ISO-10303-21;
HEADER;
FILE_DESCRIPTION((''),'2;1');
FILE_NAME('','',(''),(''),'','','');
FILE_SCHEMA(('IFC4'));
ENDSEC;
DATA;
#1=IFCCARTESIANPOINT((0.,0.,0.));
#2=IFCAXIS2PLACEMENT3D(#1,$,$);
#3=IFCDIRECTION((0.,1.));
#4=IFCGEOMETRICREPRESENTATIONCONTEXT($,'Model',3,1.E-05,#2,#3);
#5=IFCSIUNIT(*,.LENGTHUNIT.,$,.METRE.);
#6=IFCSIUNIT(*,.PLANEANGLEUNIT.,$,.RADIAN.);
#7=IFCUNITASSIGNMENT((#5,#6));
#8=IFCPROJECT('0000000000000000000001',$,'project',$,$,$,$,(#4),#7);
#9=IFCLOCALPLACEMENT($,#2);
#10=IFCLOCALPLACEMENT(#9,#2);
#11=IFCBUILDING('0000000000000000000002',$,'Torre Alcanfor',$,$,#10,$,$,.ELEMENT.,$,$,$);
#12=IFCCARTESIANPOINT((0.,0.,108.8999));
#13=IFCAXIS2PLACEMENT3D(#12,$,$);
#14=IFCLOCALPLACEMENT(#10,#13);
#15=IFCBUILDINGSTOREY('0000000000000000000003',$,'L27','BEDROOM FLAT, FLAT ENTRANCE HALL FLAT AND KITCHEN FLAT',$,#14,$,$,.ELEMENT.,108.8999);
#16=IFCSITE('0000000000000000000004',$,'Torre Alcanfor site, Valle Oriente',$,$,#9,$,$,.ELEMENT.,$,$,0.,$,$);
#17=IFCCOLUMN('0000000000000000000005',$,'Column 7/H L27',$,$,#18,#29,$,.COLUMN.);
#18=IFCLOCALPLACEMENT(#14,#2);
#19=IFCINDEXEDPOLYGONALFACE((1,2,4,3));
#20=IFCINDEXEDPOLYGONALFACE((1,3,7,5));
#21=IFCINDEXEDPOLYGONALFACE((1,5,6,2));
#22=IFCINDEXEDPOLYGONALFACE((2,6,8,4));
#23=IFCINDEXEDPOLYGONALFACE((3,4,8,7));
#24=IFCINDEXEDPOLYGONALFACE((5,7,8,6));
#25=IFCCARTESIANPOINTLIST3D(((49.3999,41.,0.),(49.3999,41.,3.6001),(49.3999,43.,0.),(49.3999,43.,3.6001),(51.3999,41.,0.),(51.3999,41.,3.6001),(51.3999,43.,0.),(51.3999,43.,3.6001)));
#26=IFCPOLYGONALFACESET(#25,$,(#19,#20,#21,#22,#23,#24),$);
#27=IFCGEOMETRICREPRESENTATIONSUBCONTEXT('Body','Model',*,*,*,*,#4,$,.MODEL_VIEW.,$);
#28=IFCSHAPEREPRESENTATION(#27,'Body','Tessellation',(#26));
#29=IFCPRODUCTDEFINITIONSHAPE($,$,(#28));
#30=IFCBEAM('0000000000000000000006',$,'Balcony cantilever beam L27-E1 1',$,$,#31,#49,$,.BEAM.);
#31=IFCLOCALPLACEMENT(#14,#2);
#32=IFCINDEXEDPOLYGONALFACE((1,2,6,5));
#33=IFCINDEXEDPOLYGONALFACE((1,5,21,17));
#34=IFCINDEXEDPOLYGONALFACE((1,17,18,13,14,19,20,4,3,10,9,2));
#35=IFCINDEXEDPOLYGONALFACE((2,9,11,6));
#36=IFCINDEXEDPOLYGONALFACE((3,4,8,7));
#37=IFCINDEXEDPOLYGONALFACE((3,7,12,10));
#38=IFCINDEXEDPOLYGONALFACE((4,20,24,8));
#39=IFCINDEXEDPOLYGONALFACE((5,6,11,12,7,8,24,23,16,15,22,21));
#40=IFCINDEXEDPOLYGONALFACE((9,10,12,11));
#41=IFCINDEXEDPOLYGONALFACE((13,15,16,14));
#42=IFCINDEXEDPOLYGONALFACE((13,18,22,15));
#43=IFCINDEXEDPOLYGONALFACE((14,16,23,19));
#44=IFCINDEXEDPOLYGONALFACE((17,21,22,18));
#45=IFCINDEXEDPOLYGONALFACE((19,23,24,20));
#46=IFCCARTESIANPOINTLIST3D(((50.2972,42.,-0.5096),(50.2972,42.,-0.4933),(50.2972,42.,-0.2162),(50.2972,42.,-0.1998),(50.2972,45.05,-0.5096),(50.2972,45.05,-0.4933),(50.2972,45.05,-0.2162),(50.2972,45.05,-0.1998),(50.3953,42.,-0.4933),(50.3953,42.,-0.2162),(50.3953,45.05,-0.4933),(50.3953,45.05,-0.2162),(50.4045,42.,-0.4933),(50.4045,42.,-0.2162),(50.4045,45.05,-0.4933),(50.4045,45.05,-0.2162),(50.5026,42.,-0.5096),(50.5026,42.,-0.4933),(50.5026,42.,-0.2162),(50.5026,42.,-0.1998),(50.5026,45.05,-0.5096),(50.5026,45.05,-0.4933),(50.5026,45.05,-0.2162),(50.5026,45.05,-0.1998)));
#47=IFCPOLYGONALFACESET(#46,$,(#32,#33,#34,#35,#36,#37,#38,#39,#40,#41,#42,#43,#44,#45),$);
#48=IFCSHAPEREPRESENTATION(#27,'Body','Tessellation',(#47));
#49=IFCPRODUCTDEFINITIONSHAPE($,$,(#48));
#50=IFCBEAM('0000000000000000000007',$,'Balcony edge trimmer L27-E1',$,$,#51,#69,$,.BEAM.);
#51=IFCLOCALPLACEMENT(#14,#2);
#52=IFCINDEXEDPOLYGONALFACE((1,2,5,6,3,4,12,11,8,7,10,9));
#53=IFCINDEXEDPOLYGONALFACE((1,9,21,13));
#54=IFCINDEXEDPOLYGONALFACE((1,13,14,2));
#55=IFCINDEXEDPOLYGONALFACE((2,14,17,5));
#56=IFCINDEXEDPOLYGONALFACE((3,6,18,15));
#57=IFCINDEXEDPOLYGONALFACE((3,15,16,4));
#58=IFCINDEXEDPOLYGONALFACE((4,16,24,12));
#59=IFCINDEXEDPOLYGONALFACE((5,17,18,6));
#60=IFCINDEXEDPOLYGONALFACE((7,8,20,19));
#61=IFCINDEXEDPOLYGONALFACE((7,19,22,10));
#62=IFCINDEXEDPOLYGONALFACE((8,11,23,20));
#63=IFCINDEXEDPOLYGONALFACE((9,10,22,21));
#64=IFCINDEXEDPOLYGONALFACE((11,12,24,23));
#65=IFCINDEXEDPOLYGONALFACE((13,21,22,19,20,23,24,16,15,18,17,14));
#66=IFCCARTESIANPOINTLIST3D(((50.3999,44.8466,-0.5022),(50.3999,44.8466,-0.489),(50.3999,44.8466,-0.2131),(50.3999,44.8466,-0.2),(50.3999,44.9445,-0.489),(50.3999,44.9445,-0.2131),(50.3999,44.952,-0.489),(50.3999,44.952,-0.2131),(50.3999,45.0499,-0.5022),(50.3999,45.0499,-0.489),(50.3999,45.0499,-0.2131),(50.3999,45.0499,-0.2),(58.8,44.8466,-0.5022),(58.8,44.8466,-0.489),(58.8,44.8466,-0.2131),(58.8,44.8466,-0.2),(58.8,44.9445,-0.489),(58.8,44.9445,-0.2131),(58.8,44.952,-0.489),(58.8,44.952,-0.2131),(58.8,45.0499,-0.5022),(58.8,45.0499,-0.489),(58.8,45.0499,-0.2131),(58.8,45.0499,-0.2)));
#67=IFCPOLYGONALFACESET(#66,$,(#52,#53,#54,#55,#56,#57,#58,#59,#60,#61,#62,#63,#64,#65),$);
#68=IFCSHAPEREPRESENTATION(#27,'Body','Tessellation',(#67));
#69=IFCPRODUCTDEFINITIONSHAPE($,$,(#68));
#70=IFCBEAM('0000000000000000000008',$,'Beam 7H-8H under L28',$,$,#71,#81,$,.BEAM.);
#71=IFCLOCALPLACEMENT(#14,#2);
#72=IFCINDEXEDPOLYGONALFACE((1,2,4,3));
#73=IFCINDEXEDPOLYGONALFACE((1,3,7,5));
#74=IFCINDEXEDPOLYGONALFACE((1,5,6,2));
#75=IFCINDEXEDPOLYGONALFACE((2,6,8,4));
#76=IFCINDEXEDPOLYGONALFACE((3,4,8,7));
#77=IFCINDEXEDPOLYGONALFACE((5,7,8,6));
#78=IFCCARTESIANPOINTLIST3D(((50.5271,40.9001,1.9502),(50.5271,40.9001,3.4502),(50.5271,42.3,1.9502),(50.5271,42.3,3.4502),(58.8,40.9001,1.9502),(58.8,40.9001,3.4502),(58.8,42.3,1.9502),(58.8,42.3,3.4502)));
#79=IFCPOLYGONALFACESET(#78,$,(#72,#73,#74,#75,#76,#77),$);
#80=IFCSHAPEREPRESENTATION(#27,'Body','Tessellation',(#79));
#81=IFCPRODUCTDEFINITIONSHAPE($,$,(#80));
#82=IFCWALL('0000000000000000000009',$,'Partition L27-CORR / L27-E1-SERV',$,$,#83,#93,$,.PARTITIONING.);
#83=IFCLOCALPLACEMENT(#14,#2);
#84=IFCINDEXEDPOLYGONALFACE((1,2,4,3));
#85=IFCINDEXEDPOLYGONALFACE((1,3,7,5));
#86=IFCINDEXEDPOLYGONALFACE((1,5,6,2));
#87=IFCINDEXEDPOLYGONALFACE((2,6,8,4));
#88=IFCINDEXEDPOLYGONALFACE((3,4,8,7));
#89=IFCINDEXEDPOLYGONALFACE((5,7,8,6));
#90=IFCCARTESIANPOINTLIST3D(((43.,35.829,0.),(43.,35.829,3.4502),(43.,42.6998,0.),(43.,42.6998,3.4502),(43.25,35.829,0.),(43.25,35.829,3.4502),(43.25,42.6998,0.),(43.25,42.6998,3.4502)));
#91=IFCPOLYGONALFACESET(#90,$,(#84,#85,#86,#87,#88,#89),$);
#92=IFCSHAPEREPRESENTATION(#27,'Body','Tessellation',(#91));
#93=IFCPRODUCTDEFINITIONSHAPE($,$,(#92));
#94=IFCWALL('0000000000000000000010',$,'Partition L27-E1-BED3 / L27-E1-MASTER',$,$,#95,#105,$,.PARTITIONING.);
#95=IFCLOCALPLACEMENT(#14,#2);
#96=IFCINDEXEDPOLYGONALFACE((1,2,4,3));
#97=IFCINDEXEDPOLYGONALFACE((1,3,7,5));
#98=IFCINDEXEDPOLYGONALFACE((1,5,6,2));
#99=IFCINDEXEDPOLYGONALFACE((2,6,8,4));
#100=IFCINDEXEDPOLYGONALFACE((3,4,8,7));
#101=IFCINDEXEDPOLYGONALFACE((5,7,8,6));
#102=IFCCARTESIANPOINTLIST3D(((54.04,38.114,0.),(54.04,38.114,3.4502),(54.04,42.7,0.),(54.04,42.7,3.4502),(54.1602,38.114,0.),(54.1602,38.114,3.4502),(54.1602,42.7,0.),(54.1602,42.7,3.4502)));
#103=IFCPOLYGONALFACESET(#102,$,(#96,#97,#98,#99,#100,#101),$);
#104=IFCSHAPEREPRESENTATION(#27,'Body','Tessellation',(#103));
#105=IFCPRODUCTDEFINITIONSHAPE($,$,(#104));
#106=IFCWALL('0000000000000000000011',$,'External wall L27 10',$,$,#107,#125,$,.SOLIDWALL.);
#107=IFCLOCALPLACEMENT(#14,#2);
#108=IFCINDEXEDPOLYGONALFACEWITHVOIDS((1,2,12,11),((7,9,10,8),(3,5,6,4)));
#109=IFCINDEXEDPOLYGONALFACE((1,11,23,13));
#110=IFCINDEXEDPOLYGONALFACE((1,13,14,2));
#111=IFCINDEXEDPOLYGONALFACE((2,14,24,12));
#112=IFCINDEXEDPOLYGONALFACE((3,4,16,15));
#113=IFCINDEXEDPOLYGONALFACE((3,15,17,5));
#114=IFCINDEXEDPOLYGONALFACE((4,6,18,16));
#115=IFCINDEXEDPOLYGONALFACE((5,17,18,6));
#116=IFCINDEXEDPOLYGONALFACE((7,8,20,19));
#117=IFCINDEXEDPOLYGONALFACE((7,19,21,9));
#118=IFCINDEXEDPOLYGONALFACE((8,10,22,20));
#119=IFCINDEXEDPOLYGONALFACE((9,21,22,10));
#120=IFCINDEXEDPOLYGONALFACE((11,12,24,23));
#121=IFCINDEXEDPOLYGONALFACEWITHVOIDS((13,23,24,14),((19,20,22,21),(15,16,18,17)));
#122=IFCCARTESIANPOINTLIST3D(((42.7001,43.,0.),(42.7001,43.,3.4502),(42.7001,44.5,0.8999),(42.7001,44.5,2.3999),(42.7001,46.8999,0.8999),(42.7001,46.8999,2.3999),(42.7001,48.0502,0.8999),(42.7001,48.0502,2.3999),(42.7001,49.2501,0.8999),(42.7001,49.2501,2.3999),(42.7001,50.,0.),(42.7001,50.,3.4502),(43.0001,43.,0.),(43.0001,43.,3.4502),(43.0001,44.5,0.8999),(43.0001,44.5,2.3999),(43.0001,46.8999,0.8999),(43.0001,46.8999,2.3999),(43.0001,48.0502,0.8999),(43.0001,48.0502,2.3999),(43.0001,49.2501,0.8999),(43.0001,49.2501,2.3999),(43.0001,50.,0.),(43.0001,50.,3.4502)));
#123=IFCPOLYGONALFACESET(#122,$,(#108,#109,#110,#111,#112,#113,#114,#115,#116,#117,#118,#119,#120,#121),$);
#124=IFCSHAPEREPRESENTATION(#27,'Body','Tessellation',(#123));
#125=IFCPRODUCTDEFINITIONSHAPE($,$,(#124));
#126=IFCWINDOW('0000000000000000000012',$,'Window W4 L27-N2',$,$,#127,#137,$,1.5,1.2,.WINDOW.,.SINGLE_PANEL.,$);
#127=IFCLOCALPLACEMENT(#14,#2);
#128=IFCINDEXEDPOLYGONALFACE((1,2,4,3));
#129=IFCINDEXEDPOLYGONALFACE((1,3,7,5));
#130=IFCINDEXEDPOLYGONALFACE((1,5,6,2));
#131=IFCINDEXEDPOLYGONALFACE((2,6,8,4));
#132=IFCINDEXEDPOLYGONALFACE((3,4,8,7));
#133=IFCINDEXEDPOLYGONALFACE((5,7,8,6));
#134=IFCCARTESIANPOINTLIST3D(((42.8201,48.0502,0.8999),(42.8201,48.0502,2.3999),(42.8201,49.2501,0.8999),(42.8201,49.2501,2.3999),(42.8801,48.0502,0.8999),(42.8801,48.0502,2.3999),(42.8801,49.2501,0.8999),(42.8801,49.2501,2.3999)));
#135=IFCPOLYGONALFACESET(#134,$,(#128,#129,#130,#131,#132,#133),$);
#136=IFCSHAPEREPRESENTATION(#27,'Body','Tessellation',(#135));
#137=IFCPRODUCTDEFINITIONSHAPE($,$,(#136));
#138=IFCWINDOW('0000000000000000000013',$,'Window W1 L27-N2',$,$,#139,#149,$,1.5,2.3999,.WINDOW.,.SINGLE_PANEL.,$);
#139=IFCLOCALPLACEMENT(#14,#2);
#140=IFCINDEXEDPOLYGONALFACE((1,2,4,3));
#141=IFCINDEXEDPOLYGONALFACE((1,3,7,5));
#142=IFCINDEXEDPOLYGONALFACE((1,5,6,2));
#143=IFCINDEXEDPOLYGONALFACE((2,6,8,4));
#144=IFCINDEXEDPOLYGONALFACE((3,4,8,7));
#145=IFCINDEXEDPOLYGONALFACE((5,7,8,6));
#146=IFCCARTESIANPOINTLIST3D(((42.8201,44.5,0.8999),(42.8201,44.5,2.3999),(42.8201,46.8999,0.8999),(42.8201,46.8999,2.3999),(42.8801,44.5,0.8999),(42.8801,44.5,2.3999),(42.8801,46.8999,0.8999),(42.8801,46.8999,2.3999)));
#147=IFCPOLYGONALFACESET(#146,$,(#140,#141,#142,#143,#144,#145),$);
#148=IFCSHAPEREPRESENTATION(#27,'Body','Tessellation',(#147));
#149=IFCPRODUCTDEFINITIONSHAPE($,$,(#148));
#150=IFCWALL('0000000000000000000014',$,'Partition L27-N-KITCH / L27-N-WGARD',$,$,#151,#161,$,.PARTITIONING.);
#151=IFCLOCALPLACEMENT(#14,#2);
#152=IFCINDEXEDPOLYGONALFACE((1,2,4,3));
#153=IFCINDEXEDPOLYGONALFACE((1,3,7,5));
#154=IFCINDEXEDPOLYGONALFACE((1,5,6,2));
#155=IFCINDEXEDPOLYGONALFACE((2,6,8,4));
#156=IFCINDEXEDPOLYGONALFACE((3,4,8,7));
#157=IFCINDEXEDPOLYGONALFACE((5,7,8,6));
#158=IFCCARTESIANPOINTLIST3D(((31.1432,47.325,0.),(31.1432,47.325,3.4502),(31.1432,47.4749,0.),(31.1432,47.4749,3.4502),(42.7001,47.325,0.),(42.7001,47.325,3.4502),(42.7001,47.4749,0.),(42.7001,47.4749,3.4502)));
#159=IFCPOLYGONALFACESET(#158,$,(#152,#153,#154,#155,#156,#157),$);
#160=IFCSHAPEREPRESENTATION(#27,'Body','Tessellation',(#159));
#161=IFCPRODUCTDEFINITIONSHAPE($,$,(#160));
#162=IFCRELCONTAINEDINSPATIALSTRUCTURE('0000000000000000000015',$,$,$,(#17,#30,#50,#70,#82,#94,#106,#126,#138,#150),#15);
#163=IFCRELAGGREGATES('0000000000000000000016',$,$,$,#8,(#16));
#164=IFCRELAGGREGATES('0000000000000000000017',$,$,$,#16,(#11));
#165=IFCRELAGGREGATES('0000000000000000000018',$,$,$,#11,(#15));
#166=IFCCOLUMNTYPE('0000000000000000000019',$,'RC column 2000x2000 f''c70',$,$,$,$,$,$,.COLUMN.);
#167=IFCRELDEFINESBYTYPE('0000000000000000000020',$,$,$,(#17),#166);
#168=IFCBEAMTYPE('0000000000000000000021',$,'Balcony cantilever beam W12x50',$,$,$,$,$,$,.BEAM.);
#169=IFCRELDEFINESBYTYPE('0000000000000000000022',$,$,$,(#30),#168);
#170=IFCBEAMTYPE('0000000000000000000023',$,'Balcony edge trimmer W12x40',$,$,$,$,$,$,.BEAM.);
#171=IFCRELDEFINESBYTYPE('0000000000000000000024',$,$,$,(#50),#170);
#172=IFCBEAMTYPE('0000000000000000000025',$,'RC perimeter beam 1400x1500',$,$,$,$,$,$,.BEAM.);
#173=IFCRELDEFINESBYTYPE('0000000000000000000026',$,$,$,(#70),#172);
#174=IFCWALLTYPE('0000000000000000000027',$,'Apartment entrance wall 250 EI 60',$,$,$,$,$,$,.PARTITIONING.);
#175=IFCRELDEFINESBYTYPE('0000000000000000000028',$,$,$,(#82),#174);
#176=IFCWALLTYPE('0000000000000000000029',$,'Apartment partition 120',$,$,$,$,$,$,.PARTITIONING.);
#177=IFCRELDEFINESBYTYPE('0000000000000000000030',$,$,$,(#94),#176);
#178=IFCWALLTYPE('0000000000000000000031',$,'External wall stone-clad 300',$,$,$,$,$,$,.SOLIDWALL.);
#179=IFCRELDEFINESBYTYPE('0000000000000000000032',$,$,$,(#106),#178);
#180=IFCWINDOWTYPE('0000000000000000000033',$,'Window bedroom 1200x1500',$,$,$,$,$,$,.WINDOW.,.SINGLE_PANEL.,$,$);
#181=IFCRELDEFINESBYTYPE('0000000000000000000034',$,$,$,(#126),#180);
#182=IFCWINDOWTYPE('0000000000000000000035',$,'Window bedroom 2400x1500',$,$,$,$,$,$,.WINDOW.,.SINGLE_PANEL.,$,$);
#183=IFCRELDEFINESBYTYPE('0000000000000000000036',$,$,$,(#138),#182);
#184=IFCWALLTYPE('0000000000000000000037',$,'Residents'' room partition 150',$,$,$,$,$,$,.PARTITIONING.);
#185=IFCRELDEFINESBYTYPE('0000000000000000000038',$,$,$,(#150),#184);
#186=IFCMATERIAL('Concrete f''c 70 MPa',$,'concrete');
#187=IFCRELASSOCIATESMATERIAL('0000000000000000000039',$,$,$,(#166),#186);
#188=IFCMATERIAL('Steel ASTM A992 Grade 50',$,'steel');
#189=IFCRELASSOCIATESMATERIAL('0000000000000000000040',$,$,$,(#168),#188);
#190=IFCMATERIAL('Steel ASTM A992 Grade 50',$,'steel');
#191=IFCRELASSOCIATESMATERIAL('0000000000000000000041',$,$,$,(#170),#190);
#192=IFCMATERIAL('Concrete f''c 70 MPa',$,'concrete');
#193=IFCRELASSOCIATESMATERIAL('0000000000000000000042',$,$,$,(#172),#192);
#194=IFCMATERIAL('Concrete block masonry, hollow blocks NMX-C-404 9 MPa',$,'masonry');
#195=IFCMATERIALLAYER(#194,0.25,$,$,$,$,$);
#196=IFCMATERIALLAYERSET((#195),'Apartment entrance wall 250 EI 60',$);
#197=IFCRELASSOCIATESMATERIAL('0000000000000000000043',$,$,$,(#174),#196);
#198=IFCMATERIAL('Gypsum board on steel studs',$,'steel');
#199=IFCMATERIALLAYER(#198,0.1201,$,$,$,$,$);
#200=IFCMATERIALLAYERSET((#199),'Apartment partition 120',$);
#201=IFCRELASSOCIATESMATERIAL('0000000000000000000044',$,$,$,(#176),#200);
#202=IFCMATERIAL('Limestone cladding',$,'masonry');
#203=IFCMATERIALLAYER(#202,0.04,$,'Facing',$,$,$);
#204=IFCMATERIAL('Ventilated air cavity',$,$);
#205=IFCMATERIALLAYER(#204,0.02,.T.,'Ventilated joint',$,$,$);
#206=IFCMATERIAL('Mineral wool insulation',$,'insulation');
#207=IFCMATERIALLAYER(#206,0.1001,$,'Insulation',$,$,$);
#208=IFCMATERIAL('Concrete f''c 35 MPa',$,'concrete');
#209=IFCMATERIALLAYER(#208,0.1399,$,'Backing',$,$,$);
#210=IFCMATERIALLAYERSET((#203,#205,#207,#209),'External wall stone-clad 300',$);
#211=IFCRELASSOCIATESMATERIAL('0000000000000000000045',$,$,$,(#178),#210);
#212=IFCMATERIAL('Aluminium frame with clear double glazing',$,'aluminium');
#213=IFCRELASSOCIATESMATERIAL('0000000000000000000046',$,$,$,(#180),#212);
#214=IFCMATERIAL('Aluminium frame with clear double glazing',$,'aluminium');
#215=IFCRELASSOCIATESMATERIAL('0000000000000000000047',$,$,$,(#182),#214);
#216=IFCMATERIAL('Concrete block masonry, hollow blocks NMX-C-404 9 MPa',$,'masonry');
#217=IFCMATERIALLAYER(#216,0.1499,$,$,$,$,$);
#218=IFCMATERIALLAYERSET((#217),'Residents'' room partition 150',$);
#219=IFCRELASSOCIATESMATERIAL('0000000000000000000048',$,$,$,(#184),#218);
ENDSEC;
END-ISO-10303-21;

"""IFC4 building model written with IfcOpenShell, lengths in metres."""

from ifc_helpers import new_model, si_unit, direction, frame, frame_2d, origin, origin_2d, place, context, subcontext, project, spatial, rectangle, i_section, extrude, material, layer, layer_set, material_profile, profile_set, type_object, element, fill, save


model = new_model("IFC4")

# Units and contexts
model_context = context("Model", 3, precision=1e-05, world=origin(), true_north=direction((0.0, 1.0)))
body_context = subcontext(model_context, "Body", "Model", "MODEL_VIEW")
ifc_project = project(units=[si_unit("LENGTHUNIT", "METRE"), si_unit("PLANEANGLEUNIT", "RADIAN")], contexts=[model_context])

# Site, building, storey
site_placement = place(None, origin())
site = spatial("IfcSite", under=ifc_project, at=site_placement, Name="Torre Alcanfor site, Valle Oriente", CompositionType="ELEMENT", RefElevation=0.0)
building_placement = place(site_placement, origin())
building = spatial("IfcBuilding", under=site, at=building_placement, Name="Torre Alcanfor", CompositionType="ELEMENT")
storey_placement = place(building_placement, frame((0.0, 0.0, 108.8999)))
storey = spatial("IfcBuildingStorey", under=building, at=storey_placement, Name="L27", Description="BEDROOM FLAT, FLAT ENTRANCE HALL FLAT AND KITCHEN FLAT", CompositionType="ELEMENT", Elevation=108.8999)

# Column
ifc_material_1 = material(Name="Concrete f'c 70 MPa", Category="concrete")
ifc_material_profile_1 = material_profile(ifc_material_1, rectangle(XDim=2.0, YDim=2.0, at=origin_2d()), Name="2000x2000")
ifc_profile_set_1 = profile_set([ifc_material_profile_1], Name="Concrete f'c 70 MPa")
column_type = type_object("IfcColumnType", Name="RC column 2000x2000 f'c70", PredefinedType="COLUMN", material=ifc_profile_set_1)
column_placement = place(storey_placement, frame((50.3999, 42.0, 0.0), z_axis=(0.0, 0.0, 1.0), x_axis=(1.0, 0.0, 0.0)))
element("IfcColumn", 1, at=column_placement, inside=storey, type_object=column_type, Name="Column 7/H L27", PredefinedType="COLUMN", context=body_context, shape_type="SweptSolid", body=[
    extrude(rectangle(XDim=2.0, YDim=2.0, at=origin_2d()), origin(), (0.0, 0.0, 1.0), 3.6001),
])

# Beams
ifc_material_2 = material(Name="Steel ASTM A992 Grade 50", Category="steel")
ifc_material_profile_2 = material_profile(ifc_material_2, i_section(OverallWidth=0.2053, OverallDepth=0.3098, WebThickness=0.0093, FlangeThickness=0.0164, at=origin_2d()), Name="W12x50")
ifc_profile_set_2 = profile_set([ifc_material_profile_2], Name="Steel ASTM A992 Grade 50")
beam_type_1 = type_object("IfcBeamType", Name="Balcony cantilever beam W12x50", PredefinedType="BEAM", material=ifc_profile_set_2)
beam_1_placement = place(storey_placement, frame((50.3999, 42.0, -0.3547), z_axis=(0.0, 1.0, 0.0), x_axis=(-1.0, 0.0, 0.0)))
element("IfcBeam", 2, at=beam_1_placement, inside=storey, type_object=beam_type_1, Name="Balcony cantilever beam L27-E1 1", PredefinedType="BEAM", context=body_context, shape_type="SweptSolid", body=[
    extrude(i_section(OverallWidth=0.2053, OverallDepth=0.3098, WebThickness=0.0093, FlangeThickness=0.0164, at=origin_2d()), origin(), (0.0, 0.0, 1.0), 3.05),
])
ifc_material_3 = material(Name="Steel ASTM A992 Grade 50", Category="steel")
ifc_material_profile_3 = material_profile(ifc_material_3, i_section(OverallWidth=0.2034, OverallDepth=0.3022, WebThickness=0.0076, FlangeThickness=0.0132, at=origin_2d()), Name="W12x40")
ifc_profile_set_3 = profile_set([ifc_material_profile_3], Name="Steel ASTM A992 Grade 50")
beam_type_2 = type_object("IfcBeamType", Name="Balcony edge trimmer W12x40", PredefinedType="BEAM", material=ifc_profile_set_3)
beam_2_placement = place(storey_placement, frame((50.3999, 44.9482, -0.3511), z_axis=(1.0, 0.0, 0.0), x_axis=(0.0, 1.0, 0.0)))
element("IfcBeam", 3, at=beam_2_placement, inside=storey, type_object=beam_type_2, Name="Balcony edge trimmer L27-E1", PredefinedType="BEAM", context=body_context, shape_type="SweptSolid", body=[
    extrude(i_section(OverallWidth=0.2034, OverallDepth=0.3022, WebThickness=0.0076, FlangeThickness=0.0132, at=origin_2d()), origin(), (0.0, 0.0, 1.0), 8.4001),
])
ifc_material_4 = material(Name="Concrete f'c 70 MPa", Category="concrete")
ifc_material_profile_4 = material_profile(ifc_material_4, rectangle(XDim=1.3999, YDim=1.5, at=origin_2d()), Name="1400x1500")
ifc_profile_set_4 = profile_set([ifc_material_profile_4], Name="Concrete f'c 70 MPa")
beam_type_3 = type_object("IfcBeamType", Name="RC perimeter beam 1400x1500", PredefinedType="BEAM", material=ifc_profile_set_4)
beam_3_placement = place(storey_placement, frame((50.5271, 41.6001, 2.7002), z_axis=(1.0, 0.0, 0.0), x_axis=(0.0, 1.0, 0.0)))
element("IfcBeam", 4, at=beam_3_placement, inside=storey, type_object=beam_type_3, Name="Beam 7H-8H under L28", PredefinedType="BEAM", context=body_context, shape_type="SweptSolid", body=[
    extrude(rectangle(XDim=1.3999, YDim=1.5, at=origin_2d()), origin(), (0.0, 0.0, 1.0), 8.2729),
])

# Walls
ifc_material_5 = material(Name="Concrete block masonry, hollow blocks NMX-C-404 9 MPa", Category="masonry")
ifc_layer_1 = layer(ifc_material_5, 0.25)
ifc_layer_set_1 = layer_set([ifc_layer_1], Name="Apartment entrance wall 250 EI 60")
wall_type_1 = type_object("IfcWallType", Name="Apartment entrance wall 250 EI 60", PredefinedType="PARTITIONING", material=ifc_layer_set_1)
wall_1_placement = place(storey_placement, frame((43.125, 42.7, 0.0), z_axis=(0.0, 0.0, 1.0), x_axis=(0.0, -1.0, 0.0)))
element("IfcWall", 5, at=wall_1_placement, inside=storey, type_object=wall_type_1, Name="Partition L27-CORR / L27-E1-SERV", PredefinedType="PARTITIONING", context=body_context, shape_type="SweptSolid", body=[
    extrude(rectangle(XDim=6.8708, YDim=0.25, at=frame_2d((3.4355, 0.0))), origin(), (0.0, 0.0, 1.0), 3.4502),
])
ifc_material_6 = material(Name="Gypsum board on steel studs", Category="steel")
ifc_layer_2 = layer(ifc_material_6, 0.1201)
ifc_layer_set_2 = layer_set([ifc_layer_2], Name="Apartment partition 120")
wall_type_2 = type_object("IfcWallType", Name="Apartment partition 120", PredefinedType="PARTITIONING", material=ifc_layer_set_2)
wall_2_placement = place(storey_placement, frame((54.1001, 38.114, 0.0), z_axis=(0.0, 0.0, 1.0), x_axis=(0.0, 1.0, 0.0)))
element("IfcWall", 6, at=wall_2_placement, inside=storey, type_object=wall_type_2, Name="Partition L27-E1-BED3 / L27-E1-MASTER", PredefinedType="PARTITIONING", context=body_context, shape_type="SweptSolid", body=[
    extrude(rectangle(XDim=4.5859, YDim=0.1201, at=frame_2d((2.293, 0.0))), origin(), (0.0, 0.0, 1.0), 3.4502),
])

# Wall, openings, windows
ifc_material_7 = material(Name="Limestone cladding", Category="masonry")
ifc_layer_3 = layer(ifc_material_7, 0.04, Name="Facing")
ifc_material_8 = material(Name="Ventilated air cavity")
ifc_layer_4 = layer(ifc_material_8, 0.02, ventilated=True, Name="Ventilated joint")
ifc_material_9 = material(Name="Mineral wool insulation", Category="insulation")
ifc_layer_5 = layer(ifc_material_9, 0.1001, Name="Insulation")
ifc_material_10 = material(Name="Concrete f'c 35 MPa", Category="concrete")
ifc_layer_6 = layer(ifc_material_10, 0.1399, Name="Backing")
ifc_layer_set_3 = layer_set([ifc_layer_3, ifc_layer_4, ifc_layer_5, ifc_layer_6], Name="External wall stone-clad 300")
wall_type_3 = type_object("IfcWallType", Name="External wall stone-clad 300", PredefinedType="SOLIDWALL", material=ifc_layer_set_3)
wall_3_placement = place(storey_placement, frame((42.8501, 43.0, 0.0), z_axis=(0.0, 0.0, 1.0), x_axis=(0.0, 1.0, 0.0)))
wall_3 = element("IfcWall", 7, at=wall_3_placement, inside=storey, type_object=wall_type_3, Name="External wall L27 10", PredefinedType="SOLIDWALL", context=body_context, shape_type="SweptSolid", body=[
    extrude(rectangle(XDim=7.0, YDim=0.3, at=frame_2d((3.5, 0.0))), origin(), (0.0, 0.0, 1.0), 3.4502),
])
opening_1_placement = place(wall_3_placement, frame((1.5, 0.0, 0.8999)))
opening_1 = element("IfcOpeningElement", 8, at=opening_1_placement, cuts=wall_3, PredefinedType="OPENING", context=body_context, shape_type="SweptSolid", body=[
    extrude(rectangle(XDim=2.3999, YDim=1.5, at=frame_2d((1.2, 0.75))), frame((0.0, 0.1599, 0.0), z_axis=(0.0, -1.0, 0.0), x_axis=(1.0, 0.0, 0.0)), (0.0, 0.0, 1.0), 0.3201),
])
opening_2_placement = place(wall_3_placement, frame((5.05, 0.0, 0.8999)))
opening_2 = element("IfcOpeningElement", 9, at=opening_2_placement, cuts=wall_3, PredefinedType="OPENING", context=body_context, shape_type="SweptSolid", body=[
    extrude(rectangle(XDim=1.2, YDim=1.5, at=frame_2d((0.6001, 0.75))), frame((0.0, 0.1599, 0.0), z_axis=(0.0, -1.0, 0.0), x_axis=(1.0, 0.0, 0.0)), (0.0, 0.0, 1.0), 0.3201),
])
ifc_material_11 = material(Name="Aluminium frame with clear double glazing", Category="aluminium")
window_type_1 = type_object("IfcWindowType", Name="Window bedroom 1200x1500", PartitioningType="SINGLE_PANEL", PredefinedType="WINDOW", material=ifc_material_11)
window_1_placement = place(opening_2_placement, origin())
window_1 = element("IfcWindow", 10, at=window_1_placement, inside=storey, type_object=window_type_1, Name="Window W4 L27-N2", OverallHeight=1.5, OverallWidth=1.2, PartitioningType="SINGLE_PANEL", PredefinedType="WINDOW", context=body_context, shape_type="SweptSolid", body=[
    extrude(rectangle(XDim=1.2, YDim=1.5, at=frame_2d((0.6001, 0.75))), frame((0.0, 0.03, 0.0), z_axis=(0.0, -1.0, 0.0), x_axis=(1.0, 0.0, 0.0)), (0.0, 0.0, 1.0), 0.0601),
])
fill(opening_2, window_1)
ifc_material_12 = material(Name="Aluminium frame with clear double glazing", Category="aluminium")
window_type_2 = type_object("IfcWindowType", Name="Window bedroom 2400x1500", PartitioningType="SINGLE_PANEL", PredefinedType="WINDOW", material=ifc_material_12)
window_2_placement = place(opening_1_placement, origin())
window_2 = element("IfcWindow", 11, at=window_2_placement, inside=storey, type_object=window_type_2, Name="Window W1 L27-N2", OverallHeight=1.5, OverallWidth=2.3999, PartitioningType="SINGLE_PANEL", PredefinedType="WINDOW", context=body_context, shape_type="SweptSolid", body=[
    extrude(rectangle(XDim=2.3999, YDim=1.5, at=frame_2d((1.2, 0.75))), frame((0.0, 0.03, 0.0), z_axis=(0.0, -1.0, 0.0), x_axis=(1.0, 0.0, 0.0)), (0.0, 0.0, 1.0), 0.0601),
])
fill(opening_1, window_2)

# Wall
ifc_material_13 = material(Name="Concrete block masonry, hollow blocks NMX-C-404 9 MPa", Category="masonry")
ifc_layer_7 = layer(ifc_material_13, 0.1499)
ifc_layer_set_4 = layer_set([ifc_layer_7], Name="Residents' room partition 150")
wall_type_4 = type_object("IfcWallType", Name="Residents' room partition 150", PredefinedType="PARTITIONING", material=ifc_layer_set_4)
wall_4_placement = place(storey_placement, frame((42.7, 47.3999, 0.0), z_axis=(0.0, 0.0, 1.0), x_axis=(-1.0, 0.0, 0.0)))
element("IfcWall", 12, at=wall_4_placement, inside=storey, type_object=wall_type_4, Name="Partition L27-N-KITCH / L27-N-WGARD", PredefinedType="PARTITIONING", context=body_context, shape_type="SweptSolid", body=[
    extrude(rectangle(XDim=11.5569, YDim=0.1499, at=frame_2d((5.7783, 0.0))), origin(), (0.0, 0.0, 1.0), 3.4502),
])

save(model, "model.ifc")
